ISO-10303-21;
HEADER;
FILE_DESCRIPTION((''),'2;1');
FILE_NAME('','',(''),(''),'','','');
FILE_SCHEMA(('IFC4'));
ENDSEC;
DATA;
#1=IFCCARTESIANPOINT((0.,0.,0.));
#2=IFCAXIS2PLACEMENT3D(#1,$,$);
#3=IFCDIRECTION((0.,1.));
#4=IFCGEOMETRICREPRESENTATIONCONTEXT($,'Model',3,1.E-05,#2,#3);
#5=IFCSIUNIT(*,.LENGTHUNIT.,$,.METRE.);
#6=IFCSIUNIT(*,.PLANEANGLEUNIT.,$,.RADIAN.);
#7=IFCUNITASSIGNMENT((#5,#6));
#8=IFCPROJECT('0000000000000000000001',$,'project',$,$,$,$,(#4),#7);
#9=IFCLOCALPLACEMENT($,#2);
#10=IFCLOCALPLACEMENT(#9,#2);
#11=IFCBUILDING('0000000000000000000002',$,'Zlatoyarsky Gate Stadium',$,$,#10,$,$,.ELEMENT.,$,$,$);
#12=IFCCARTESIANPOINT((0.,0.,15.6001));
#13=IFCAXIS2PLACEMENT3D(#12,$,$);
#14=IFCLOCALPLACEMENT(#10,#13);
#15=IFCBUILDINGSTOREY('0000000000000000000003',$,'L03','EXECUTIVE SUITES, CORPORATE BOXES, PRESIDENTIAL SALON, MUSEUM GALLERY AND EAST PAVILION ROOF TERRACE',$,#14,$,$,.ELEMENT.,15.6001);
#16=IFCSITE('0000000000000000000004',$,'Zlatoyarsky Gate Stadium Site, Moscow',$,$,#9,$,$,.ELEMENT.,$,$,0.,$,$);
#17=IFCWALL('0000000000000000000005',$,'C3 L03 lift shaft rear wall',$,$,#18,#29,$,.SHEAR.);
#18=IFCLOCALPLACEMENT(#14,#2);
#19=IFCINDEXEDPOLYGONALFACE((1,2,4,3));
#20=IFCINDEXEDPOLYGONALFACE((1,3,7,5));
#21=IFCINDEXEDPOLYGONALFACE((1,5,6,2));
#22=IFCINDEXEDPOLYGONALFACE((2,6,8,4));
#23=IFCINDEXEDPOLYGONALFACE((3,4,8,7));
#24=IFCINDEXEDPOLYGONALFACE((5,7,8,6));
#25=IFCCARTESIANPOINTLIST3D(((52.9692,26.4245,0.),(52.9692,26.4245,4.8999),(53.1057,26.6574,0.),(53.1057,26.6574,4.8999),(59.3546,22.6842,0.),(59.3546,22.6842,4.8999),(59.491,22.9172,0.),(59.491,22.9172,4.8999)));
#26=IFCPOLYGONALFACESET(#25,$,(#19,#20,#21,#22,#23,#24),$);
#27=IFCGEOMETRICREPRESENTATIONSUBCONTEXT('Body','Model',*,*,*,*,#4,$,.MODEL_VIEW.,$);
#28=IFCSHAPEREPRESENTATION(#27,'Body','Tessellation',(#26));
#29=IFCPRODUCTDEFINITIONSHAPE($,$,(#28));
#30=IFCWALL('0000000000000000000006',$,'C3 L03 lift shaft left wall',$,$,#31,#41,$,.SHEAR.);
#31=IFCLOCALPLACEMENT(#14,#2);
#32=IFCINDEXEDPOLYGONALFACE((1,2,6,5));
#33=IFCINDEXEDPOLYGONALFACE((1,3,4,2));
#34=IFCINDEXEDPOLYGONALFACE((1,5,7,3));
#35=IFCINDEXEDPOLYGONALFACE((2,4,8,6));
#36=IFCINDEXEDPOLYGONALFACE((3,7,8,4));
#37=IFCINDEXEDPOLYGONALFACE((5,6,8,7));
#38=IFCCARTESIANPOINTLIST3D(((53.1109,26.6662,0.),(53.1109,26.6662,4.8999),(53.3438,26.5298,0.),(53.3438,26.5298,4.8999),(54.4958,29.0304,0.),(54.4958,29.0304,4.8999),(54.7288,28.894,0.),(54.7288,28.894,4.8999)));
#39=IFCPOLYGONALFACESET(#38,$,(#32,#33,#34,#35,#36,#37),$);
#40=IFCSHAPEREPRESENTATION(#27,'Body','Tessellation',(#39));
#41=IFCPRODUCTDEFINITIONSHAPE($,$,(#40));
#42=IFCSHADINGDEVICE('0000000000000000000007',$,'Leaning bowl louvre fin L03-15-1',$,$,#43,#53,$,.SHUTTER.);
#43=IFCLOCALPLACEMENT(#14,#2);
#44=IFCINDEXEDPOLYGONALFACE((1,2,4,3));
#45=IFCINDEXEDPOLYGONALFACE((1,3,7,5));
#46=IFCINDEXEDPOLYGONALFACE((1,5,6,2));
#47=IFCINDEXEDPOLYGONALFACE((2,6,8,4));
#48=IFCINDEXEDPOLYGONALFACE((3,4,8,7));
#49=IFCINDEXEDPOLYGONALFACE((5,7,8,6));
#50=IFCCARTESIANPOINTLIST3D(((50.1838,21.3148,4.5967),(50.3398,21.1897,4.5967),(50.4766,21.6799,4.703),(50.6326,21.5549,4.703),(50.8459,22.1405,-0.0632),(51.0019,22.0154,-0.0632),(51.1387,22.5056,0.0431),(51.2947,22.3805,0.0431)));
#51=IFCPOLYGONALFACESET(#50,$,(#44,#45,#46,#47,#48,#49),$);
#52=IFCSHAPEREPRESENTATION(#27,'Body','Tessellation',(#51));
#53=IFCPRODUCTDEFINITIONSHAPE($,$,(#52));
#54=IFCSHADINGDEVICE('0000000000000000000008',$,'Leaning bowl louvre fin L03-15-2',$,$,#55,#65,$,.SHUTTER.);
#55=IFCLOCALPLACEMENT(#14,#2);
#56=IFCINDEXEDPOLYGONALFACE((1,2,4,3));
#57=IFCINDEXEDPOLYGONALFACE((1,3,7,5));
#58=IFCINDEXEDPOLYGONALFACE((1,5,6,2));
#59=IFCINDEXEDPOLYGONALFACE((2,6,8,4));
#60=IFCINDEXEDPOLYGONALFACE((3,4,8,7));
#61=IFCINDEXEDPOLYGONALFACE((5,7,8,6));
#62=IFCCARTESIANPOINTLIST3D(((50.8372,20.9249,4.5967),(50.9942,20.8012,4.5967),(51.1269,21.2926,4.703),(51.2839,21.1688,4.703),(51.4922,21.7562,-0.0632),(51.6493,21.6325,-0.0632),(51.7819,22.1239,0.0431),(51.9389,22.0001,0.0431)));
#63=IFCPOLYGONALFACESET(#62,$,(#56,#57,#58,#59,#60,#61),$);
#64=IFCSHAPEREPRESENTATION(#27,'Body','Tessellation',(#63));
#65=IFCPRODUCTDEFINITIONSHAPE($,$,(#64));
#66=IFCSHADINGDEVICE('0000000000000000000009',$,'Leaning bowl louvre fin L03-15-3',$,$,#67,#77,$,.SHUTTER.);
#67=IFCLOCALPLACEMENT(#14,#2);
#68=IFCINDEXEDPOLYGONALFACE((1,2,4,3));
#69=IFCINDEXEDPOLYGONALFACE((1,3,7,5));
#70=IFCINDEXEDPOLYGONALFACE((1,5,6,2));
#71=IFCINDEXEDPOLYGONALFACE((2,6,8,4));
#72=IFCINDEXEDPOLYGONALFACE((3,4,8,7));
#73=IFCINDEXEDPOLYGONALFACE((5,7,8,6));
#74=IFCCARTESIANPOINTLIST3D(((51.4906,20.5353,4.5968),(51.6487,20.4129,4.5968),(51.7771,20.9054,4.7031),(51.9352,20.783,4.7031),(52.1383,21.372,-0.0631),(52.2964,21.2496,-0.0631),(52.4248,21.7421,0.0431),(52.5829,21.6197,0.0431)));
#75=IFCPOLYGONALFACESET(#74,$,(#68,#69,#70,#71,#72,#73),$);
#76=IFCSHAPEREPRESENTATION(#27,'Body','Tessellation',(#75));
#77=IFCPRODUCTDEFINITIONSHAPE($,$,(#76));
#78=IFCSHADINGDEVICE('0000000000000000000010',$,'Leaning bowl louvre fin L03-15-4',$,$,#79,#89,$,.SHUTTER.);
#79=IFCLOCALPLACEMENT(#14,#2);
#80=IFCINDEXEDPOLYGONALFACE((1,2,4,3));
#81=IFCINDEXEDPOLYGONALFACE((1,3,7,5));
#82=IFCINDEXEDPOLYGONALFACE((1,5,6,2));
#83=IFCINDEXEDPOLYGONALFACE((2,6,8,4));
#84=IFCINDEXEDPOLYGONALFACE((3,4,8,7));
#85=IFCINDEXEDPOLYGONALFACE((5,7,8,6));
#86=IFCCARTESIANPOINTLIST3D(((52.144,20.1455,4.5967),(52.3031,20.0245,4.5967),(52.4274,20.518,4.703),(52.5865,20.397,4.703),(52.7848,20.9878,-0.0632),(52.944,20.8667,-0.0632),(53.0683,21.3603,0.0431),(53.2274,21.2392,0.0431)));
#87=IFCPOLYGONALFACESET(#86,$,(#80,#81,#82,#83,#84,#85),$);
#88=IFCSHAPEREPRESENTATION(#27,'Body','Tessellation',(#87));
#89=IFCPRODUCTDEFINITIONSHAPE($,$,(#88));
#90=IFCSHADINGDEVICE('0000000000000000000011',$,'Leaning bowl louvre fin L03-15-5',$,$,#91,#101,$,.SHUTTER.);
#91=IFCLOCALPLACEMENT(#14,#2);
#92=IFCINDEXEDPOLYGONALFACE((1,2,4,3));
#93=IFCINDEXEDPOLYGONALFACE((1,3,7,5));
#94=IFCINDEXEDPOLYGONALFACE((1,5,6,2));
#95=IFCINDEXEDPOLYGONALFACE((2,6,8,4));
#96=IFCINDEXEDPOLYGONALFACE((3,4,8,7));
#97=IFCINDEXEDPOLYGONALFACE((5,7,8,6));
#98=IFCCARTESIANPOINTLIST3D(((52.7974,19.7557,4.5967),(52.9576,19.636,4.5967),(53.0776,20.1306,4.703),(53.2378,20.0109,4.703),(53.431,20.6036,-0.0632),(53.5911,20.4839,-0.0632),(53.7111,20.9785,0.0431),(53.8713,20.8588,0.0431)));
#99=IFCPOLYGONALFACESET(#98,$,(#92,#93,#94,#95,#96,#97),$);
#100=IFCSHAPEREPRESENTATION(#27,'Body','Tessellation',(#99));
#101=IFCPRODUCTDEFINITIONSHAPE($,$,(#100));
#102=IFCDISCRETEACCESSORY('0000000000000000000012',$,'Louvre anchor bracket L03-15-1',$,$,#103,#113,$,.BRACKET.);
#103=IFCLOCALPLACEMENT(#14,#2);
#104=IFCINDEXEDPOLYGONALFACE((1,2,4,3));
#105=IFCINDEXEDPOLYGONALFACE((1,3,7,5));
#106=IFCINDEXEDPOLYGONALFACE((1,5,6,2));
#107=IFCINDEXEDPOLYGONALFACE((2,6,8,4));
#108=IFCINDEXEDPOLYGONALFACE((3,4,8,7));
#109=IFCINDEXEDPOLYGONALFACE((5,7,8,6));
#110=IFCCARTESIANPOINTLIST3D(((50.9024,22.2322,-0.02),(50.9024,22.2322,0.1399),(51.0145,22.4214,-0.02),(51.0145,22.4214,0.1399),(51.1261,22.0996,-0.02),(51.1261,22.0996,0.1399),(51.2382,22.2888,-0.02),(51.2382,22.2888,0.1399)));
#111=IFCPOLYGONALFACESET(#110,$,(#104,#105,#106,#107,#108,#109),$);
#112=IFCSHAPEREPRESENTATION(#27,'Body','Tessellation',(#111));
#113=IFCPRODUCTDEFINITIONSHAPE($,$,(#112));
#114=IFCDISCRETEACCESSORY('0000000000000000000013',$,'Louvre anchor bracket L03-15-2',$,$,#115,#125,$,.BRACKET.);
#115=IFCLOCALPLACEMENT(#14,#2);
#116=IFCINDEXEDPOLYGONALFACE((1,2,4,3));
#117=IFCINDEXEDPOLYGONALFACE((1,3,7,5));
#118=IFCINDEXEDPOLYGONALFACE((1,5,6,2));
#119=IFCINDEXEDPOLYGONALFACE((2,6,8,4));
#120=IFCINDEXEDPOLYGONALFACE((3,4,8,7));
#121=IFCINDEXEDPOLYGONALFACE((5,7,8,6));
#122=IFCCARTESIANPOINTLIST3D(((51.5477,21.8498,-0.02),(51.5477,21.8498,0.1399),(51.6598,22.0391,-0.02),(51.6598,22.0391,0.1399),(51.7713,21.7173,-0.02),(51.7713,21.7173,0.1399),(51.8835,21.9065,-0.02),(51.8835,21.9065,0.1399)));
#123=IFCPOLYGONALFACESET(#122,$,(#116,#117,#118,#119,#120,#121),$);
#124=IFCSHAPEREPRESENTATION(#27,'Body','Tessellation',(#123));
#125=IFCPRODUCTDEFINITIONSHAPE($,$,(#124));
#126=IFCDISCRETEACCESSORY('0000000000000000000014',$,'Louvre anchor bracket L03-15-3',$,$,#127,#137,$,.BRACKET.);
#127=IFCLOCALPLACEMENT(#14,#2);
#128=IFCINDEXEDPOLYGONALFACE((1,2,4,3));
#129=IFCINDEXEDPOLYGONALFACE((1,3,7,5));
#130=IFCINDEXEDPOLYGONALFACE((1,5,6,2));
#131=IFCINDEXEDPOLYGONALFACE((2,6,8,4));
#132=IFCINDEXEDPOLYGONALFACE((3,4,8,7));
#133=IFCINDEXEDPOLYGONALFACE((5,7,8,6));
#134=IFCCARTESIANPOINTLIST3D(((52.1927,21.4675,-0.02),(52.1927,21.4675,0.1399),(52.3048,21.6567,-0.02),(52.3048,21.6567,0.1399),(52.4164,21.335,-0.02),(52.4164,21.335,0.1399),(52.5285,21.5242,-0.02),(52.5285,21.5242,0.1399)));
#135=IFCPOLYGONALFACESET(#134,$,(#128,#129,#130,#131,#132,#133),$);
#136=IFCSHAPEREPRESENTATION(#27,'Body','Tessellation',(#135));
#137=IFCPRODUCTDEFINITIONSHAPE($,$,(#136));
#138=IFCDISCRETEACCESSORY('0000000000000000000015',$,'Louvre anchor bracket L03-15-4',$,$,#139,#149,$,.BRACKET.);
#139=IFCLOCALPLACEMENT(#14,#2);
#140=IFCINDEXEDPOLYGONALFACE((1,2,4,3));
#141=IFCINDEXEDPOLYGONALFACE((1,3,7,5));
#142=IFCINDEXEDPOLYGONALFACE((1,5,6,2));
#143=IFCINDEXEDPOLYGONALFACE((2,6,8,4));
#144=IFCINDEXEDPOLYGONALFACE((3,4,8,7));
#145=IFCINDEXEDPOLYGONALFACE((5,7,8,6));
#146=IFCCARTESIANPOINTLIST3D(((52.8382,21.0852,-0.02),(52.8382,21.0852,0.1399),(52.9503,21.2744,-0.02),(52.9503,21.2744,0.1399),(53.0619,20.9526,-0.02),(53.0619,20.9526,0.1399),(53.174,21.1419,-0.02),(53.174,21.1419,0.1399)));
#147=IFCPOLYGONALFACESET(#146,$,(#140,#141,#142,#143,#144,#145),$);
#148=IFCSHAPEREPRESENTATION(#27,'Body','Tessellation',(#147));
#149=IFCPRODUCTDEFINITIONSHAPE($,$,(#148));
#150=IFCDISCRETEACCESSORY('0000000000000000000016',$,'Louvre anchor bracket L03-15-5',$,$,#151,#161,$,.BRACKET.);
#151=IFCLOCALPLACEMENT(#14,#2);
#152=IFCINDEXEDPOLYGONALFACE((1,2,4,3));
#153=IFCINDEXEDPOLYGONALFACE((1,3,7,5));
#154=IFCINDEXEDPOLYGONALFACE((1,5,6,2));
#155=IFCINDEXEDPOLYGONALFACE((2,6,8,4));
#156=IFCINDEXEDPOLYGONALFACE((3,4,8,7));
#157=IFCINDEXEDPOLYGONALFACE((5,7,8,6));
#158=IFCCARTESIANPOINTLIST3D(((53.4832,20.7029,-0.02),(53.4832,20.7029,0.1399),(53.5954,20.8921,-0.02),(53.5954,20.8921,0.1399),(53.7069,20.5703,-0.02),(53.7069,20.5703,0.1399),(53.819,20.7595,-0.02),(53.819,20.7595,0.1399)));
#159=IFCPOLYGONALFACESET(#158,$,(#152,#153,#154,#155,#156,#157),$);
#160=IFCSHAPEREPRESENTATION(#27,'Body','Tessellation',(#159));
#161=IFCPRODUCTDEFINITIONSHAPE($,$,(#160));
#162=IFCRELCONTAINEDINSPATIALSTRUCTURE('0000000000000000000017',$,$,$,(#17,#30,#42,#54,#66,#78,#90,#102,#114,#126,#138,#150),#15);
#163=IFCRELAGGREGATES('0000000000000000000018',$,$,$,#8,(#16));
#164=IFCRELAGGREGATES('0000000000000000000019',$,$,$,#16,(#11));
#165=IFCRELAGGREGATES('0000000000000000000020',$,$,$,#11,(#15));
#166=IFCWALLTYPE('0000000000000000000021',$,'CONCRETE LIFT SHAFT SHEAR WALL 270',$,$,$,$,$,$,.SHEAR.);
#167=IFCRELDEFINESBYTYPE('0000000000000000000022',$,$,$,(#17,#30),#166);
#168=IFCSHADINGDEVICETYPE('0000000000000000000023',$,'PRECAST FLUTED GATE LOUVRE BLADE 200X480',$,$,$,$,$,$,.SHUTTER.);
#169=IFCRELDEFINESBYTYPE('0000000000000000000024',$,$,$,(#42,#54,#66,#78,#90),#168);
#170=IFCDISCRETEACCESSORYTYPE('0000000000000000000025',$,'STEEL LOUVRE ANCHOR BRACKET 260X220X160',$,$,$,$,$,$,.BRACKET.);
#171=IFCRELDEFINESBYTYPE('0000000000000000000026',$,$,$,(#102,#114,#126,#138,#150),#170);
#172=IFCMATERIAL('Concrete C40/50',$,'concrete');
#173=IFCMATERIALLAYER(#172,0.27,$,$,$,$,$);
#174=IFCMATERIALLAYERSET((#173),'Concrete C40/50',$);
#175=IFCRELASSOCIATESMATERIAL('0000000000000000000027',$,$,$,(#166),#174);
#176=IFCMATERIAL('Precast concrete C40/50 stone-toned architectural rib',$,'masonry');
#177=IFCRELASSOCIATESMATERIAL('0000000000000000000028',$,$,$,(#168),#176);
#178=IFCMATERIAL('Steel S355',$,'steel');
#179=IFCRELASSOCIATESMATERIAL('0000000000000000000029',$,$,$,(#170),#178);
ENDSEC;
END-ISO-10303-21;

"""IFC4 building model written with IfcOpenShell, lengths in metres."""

from ifc_helpers import new_model, si_unit, direction, frame, frame_2d, origin, origin_2d, place, context, subcontext, project, spatial, rectangle, extrude, material, layer, layer_set, material_profile, profile_set, type_object, element, save


model = new_model("IFC4")

# Units and contexts
model_context = context("Model", 3, precision=1e-05, world=origin(), true_north=direction((0.0, 1.0)))
body_context = subcontext(model_context, "Body", "Model", "MODEL_VIEW")
ifc_project = project(units=[si_unit("LENGTHUNIT", "METRE"), si_unit("PLANEANGLEUNIT", "RADIAN")], contexts=[model_context])

# Site, building, storey
site_placement = place(None, origin())
site = spatial("IfcSite", under=ifc_project, at=site_placement, Name="Zlatoyarsky Gate Stadium Site, Moscow", CompositionType="ELEMENT", RefElevation=0.0)
building_placement = place(site_placement, origin())
building = spatial("IfcBuilding", under=site, at=building_placement, Name="Zlatoyarsky Gate Stadium", CompositionType="ELEMENT")
storey_placement = place(building_placement, frame((0.0, 0.0, 15.6001)))
storey = spatial("IfcBuildingStorey", under=building, at=storey_placement, Name="L03", Description="EXECUTIVE SUITES, CORPORATE BOXES, PRESIDENTIAL SALON, MUSEUM GALLERY AND EAST PAVILION ROOF TERRACE", CompositionType="ELEMENT", Elevation=15.6001)

# Shared definitions
ifc_material_1 = material(Name="Steel S355", Category="steel")

# Walls
ifc_material_2 = material(Name="Concrete C40/50", Category="concrete")
ifc_layer_1 = layer(ifc_material_2, 0.27)
ifc_layer_set_1 = layer_set([ifc_layer_1], Name="Concrete C40/50")
wall_type = type_object("IfcWallType", Name="CONCRETE LIFT SHAFT SHEAR WALL 270", PredefinedType="SHEAR", material=ifc_layer_set_1)
wall_1_placement = place(storey_placement, frame((53.0374, 26.541, 0.0), z_axis=(0.0, 0.0, 1.0), x_axis=(0.862866, -0.505433, 0.0)))
element("IfcWall", 1, at=wall_1_placement, inside=storey, type_object=wall_type, Name="C3 L03 lift shaft rear wall", PredefinedType="SHEAR", context=body_context, shape_type="SweptSolid", body=[
    extrude(rectangle(XDim=7.4001, YDim=0.27, at=frame_2d((3.7002, 0.0))), origin(), (0.0, 0.0, 1.0), 4.8999),
])
wall_2_placement = place(storey_placement, frame((53.2273, 26.5979, 0.0), z_axis=(0.0, 0.0, 1.0), x_axis=(0.505466, 0.862847, 0.0)))
element("IfcWall", 2, at=wall_2_placement, inside=storey, type_object=wall_type, Name="C3 L03 lift shaft left wall", PredefinedType="SHEAR", context=body_context, shape_type="SweptSolid", body=[
    extrude(rectangle(XDim=2.74, YDim=0.27, at=frame_2d((1.3701, 0.0))), origin(), (0.0, 0.0, 1.0), 4.8999),
])

# Shading devices
ifc_material_3 = material(Name="Precast concrete C40/50 stone-toned architectural rib", Category="masonry")
ifc_material_profile_1 = material_profile(ifc_material_3, rectangle(XDim=0.2, YDim=0.48, at=origin_2d()), Name="RIB 200X480")
ifc_profile_set_1 = profile_set([ifc_material_profile_1], Name="Precast concrete C40/50 stone-toned architectural rib")
shading_device_type = type_object("IfcShadingDeviceType", Name="PRECAST FLUTED GATE LOUVRE BLADE 200X480", PredefinedType="SHUTTER", material=ifc_profile_set_1)
for number, where, z_axis, x_axis, name in (
    (3, (51.0703, 22.2605, -0.01), (-0.138557, -0.172788, 0.975165), (0.780148, -0.625595, 0.0), "Leaning bowl louvre fin L03-15-1"),
    (4, (51.7156, 21.8782, -0.01), (-0.137076, -0.173963, 0.975165), (0.785461, -0.618911, 0.0), "Leaning bowl louvre fin L03-15-2"),
    (5, (52.3606, 21.4958, -0.01), (-0.135545, -0.17509, 0.975178), (0.790742, -0.61215, 0.0), "Leaning bowl louvre fin L03-15-3"),
    (6, (53.0061, 21.1135, -0.01), (-0.134113, -0.176262, 0.975164), (0.795829, -0.605522, 0.0), "Leaning bowl louvre fin L03-15-4"),
    (7, (53.6511, 20.7312, -0.01), (-0.132579, -0.177437, 0.975161), (0.801078, -0.59856, 0.0), "Leaning bowl louvre fin L03-15-5"),
):
    element("IfcShadingDevice", number, at=place(storey_placement, frame(where, z_axis=z_axis, x_axis=x_axis)), inside=storey, type_object=shading_device_type, Name=name, PredefinedType="SHUTTER", context=body_context, shape_type="SweptSolid", body=[
        extrude(rectangle(XDim=0.2, YDim=0.48, at=origin_2d()), origin(), (0.0, 0.0, 1.0), 4.7786),
    ])

# Discrete accessories
discrete_accessory_type = type_object("IfcDiscreteAccessoryType", Name="STEEL LOUVRE ANCHOR BRACKET 260X220X160", PredefinedType="BRACKET", material=ifc_material_1)
for number, where, z_axis, x_axis, name in (
    (8, (51.0703, 22.2605, -0.02), (0.0, 0.0, 1.0), (0.860285, -0.509814, 0.0), "Louvre anchor bracket L03-15-1"),
    (9, (51.7156, 21.8782, -0.02), (0.0, 0.0, 1.0), (0.860285, -0.509814, 0.0), "Louvre anchor bracket L03-15-2"),
    (10, (52.3606, 21.4958, -0.02), (0.0, 0.0, 1.0), (0.860285, -0.509814, 0.0), "Louvre anchor bracket L03-15-3"),
    (11, (53.0061, 21.1135, -0.02), (0.0, 0.0, 1.0), (0.860285, -0.509814, 0.0), "Louvre anchor bracket L03-15-4"),
    (12, (53.6511, 20.7312, -0.02), (0.0, 0.0, 1.0), (0.860285, -0.509814, 0.0), "Louvre anchor bracket L03-15-5"),
):
    element("IfcDiscreteAccessory", number, at=place(storey_placement, frame(where, z_axis=z_axis, x_axis=x_axis)), inside=storey, type_object=discrete_accessory_type, Name=name, PredefinedType="BRACKET", context=body_context, shape_type="SweptSolid", body=[
        extrude(rectangle(XDim=0.26, YDim=0.22, at=origin_2d()), origin(), (0.0, 0.0, 1.0), 0.1599),
    ])

save(model, "model.ifc")
